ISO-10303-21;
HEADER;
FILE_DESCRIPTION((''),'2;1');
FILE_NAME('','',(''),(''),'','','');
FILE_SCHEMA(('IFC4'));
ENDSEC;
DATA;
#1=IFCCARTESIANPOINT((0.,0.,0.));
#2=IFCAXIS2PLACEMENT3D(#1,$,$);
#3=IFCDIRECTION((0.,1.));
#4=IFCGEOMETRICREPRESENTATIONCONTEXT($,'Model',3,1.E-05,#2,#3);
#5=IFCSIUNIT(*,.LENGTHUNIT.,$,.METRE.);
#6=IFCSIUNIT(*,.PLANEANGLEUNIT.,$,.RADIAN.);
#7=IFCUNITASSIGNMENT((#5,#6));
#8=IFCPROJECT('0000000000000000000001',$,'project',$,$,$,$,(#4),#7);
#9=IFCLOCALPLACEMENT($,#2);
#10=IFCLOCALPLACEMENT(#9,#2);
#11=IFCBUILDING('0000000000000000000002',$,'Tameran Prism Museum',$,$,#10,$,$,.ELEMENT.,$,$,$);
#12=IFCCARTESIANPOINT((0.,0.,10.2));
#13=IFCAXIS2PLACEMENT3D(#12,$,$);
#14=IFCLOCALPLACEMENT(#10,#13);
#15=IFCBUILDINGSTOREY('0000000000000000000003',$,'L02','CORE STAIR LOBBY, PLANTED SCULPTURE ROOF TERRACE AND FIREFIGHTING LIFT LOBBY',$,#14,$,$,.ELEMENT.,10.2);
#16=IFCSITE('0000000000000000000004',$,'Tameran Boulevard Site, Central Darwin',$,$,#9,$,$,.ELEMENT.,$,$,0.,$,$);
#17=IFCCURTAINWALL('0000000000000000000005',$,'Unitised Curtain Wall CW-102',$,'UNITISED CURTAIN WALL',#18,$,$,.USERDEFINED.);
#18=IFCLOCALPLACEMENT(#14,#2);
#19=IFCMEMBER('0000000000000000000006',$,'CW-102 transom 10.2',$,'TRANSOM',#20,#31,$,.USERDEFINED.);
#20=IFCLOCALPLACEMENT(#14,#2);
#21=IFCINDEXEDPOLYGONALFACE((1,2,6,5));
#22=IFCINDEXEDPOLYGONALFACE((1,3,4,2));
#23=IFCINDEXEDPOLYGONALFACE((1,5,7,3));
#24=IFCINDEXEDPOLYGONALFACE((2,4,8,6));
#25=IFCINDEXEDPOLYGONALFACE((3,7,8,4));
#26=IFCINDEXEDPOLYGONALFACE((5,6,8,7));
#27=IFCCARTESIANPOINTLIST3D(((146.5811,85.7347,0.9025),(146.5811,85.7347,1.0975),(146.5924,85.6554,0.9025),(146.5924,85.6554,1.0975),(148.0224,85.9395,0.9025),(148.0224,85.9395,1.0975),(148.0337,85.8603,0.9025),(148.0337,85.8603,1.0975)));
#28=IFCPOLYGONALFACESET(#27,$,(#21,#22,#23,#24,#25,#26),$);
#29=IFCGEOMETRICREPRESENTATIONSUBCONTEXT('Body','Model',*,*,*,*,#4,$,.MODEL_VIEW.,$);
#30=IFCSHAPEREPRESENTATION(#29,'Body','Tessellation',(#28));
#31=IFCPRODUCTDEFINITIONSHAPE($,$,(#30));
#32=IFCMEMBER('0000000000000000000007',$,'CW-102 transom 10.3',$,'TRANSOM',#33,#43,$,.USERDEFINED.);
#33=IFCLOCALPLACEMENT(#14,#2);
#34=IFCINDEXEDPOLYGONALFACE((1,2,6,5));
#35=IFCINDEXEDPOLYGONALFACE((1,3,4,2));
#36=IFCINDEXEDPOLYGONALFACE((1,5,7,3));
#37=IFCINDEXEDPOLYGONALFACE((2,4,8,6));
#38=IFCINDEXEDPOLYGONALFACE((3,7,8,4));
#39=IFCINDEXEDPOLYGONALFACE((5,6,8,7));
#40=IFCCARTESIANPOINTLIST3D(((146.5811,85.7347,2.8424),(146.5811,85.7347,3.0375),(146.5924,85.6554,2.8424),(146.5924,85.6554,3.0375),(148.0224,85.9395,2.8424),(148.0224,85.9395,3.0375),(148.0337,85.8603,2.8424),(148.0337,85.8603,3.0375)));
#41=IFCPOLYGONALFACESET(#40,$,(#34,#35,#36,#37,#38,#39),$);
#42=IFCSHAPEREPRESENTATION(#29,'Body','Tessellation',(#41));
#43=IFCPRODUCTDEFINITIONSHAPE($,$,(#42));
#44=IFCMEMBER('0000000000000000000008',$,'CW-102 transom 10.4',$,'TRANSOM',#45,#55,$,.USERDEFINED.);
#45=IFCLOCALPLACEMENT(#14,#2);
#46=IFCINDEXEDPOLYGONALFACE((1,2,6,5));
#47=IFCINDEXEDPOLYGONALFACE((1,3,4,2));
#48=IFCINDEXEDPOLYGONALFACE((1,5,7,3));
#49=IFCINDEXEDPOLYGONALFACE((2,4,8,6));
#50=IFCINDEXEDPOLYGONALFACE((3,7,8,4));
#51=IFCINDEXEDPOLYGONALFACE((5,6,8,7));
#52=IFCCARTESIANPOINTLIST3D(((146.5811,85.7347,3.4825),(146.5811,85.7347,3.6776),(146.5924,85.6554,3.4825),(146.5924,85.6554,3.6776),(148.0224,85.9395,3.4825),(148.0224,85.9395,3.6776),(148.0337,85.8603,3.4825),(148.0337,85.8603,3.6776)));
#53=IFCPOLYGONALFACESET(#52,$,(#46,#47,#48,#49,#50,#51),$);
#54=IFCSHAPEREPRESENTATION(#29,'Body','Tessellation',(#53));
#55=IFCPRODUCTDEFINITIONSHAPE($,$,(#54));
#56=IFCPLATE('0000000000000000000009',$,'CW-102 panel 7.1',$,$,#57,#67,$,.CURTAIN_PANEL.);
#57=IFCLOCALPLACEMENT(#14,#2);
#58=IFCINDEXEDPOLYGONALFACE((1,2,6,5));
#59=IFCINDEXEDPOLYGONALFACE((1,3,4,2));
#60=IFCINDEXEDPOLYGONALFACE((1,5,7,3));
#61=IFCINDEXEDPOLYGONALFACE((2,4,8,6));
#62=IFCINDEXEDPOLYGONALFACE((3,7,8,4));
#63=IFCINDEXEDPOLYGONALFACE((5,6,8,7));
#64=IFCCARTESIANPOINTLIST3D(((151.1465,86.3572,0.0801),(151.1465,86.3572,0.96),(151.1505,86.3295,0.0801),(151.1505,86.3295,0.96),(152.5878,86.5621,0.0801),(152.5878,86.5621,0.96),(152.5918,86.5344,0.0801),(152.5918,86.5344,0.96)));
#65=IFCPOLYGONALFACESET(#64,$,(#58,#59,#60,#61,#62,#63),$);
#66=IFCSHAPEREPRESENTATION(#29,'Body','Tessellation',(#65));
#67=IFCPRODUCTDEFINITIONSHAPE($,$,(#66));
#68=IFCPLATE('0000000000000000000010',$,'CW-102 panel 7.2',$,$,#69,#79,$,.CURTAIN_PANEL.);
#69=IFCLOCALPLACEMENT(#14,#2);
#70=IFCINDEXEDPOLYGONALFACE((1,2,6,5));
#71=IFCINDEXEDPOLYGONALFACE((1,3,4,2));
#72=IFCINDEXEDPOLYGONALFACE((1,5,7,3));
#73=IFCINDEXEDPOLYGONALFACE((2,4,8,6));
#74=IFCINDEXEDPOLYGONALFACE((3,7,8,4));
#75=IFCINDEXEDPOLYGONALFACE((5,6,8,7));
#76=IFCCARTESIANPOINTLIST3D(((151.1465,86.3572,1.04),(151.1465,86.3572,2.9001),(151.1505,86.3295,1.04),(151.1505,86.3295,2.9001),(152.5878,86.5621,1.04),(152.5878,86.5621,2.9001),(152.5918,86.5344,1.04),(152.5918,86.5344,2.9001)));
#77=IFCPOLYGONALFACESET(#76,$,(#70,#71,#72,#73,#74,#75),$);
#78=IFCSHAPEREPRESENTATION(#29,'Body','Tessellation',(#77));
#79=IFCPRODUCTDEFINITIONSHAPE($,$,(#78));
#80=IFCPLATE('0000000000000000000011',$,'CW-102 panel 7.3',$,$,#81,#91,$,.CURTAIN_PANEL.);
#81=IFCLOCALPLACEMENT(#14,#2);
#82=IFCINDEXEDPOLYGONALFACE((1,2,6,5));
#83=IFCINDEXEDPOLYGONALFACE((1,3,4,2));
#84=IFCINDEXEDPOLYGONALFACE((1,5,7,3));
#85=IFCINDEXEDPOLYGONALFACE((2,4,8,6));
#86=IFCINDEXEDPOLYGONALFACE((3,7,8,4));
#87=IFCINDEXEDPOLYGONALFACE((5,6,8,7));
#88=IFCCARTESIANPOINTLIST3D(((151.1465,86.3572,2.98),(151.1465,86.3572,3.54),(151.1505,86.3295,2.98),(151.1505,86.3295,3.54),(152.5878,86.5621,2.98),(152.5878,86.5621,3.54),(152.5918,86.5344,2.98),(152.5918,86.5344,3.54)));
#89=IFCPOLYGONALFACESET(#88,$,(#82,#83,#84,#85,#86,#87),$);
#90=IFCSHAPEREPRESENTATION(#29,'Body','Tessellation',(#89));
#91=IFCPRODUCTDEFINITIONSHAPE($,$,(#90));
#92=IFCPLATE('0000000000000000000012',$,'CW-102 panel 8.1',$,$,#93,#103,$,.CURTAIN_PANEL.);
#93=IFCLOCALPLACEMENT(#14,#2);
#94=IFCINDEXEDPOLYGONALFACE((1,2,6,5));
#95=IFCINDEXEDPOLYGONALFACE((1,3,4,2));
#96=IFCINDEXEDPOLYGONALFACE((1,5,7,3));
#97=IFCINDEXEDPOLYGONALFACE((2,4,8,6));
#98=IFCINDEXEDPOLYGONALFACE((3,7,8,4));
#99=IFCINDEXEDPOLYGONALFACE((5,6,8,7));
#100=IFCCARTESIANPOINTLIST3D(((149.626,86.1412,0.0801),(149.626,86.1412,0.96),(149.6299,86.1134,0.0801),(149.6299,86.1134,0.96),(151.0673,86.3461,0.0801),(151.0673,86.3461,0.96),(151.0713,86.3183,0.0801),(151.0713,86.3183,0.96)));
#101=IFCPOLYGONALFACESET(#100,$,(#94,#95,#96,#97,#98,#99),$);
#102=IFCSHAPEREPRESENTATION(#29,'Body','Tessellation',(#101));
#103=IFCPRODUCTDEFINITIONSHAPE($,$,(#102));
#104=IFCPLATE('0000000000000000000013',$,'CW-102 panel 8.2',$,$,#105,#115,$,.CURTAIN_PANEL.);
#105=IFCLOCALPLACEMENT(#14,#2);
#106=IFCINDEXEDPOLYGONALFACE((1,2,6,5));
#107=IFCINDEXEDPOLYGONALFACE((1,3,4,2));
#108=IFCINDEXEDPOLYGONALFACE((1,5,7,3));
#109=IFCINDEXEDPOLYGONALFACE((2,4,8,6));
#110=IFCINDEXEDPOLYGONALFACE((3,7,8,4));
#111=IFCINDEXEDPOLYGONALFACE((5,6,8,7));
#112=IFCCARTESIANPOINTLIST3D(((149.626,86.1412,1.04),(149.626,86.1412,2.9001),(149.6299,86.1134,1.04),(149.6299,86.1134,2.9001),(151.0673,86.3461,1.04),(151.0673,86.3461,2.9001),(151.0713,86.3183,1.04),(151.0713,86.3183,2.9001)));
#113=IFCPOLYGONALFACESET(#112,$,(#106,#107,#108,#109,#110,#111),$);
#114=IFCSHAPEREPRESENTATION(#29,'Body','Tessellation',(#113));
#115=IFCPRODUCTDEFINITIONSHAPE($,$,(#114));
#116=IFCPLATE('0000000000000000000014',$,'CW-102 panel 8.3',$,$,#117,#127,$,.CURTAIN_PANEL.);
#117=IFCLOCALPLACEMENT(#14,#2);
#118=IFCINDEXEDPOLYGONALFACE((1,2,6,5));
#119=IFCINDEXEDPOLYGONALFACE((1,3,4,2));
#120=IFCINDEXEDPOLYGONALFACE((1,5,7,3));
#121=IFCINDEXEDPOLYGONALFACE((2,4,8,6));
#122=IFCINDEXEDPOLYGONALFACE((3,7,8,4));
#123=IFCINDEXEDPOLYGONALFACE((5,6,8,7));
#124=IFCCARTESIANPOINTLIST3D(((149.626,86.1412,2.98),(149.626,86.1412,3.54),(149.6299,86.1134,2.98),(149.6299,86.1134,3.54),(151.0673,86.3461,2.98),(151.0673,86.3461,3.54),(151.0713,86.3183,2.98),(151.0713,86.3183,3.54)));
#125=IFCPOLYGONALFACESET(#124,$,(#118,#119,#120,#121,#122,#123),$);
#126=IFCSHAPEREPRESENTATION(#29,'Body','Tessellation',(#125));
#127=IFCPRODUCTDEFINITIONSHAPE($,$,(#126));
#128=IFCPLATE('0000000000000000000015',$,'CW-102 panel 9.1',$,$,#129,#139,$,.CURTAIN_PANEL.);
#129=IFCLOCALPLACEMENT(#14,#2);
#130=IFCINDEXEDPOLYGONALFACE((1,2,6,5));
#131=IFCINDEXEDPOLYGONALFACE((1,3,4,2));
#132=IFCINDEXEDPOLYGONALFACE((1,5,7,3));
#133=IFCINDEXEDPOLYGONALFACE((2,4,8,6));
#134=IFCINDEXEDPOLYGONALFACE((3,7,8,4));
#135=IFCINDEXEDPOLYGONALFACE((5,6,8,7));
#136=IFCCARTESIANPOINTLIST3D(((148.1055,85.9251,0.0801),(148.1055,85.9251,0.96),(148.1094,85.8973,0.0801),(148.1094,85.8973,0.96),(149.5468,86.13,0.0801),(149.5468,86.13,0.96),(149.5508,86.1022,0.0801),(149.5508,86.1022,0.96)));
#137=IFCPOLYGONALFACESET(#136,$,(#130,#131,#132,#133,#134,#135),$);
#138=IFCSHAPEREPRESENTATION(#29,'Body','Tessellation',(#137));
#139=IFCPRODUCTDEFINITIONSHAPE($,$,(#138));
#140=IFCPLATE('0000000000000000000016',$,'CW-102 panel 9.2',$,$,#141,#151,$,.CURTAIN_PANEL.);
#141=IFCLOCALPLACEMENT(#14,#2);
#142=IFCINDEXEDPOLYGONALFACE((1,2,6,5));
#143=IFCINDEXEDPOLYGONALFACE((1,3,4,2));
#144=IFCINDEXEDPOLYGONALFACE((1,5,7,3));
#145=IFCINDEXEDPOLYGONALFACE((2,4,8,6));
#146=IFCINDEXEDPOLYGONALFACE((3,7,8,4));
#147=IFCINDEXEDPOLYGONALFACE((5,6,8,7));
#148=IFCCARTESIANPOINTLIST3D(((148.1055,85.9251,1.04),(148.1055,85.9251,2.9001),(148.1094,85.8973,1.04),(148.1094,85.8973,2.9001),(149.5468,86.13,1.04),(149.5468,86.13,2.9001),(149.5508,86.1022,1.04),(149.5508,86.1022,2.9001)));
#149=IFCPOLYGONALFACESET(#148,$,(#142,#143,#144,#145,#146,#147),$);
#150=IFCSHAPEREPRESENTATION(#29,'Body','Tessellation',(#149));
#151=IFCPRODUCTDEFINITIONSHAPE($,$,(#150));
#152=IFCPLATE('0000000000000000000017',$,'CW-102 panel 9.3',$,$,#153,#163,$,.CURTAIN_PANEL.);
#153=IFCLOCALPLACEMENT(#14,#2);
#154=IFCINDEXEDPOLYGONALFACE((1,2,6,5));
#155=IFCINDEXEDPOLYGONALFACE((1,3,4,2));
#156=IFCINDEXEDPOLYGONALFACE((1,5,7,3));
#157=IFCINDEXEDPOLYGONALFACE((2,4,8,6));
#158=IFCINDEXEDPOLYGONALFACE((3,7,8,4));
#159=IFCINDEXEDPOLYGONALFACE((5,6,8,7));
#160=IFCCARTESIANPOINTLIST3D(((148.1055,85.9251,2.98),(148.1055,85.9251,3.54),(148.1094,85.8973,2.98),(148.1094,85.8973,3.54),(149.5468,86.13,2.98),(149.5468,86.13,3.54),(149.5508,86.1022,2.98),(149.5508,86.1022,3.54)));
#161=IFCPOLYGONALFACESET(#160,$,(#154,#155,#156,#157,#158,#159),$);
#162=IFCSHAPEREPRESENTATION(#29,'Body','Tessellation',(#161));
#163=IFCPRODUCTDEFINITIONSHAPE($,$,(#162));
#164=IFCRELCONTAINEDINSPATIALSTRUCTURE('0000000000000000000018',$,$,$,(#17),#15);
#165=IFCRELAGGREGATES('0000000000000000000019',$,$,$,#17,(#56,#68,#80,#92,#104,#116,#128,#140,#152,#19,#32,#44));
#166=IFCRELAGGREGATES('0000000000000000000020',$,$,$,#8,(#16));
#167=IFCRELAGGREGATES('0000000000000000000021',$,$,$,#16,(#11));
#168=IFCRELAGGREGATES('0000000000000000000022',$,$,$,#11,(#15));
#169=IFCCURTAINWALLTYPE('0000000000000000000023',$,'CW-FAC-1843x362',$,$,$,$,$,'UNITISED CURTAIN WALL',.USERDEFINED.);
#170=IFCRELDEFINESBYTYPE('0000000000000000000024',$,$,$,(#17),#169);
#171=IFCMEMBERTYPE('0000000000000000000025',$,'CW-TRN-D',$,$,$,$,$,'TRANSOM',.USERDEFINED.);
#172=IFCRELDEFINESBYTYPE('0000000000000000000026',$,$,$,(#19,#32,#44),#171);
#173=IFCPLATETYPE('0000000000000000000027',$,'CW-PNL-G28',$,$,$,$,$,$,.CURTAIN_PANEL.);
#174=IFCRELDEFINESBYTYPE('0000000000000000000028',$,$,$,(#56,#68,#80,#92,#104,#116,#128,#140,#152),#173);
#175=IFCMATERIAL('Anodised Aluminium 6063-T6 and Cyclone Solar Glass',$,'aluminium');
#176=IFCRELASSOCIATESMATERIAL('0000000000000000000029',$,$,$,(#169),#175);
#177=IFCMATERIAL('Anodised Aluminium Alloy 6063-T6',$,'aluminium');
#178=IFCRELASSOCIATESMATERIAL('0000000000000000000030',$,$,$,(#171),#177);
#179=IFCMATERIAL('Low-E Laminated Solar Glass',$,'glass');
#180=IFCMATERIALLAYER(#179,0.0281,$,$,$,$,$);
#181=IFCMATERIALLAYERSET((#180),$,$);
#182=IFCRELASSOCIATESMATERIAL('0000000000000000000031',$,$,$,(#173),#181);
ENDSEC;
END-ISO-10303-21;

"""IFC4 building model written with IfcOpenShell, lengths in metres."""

from ifc_helpers import new_model, si_unit, direction, frame, origin, origin_2d, place, context, subcontext, project, spatial, rectangle, extrude, material, layer, layer_set, material_profile, profile_set, type_object, element, aggregate, save


model = new_model("IFC4")

# Units and contexts
model_context = context("Model", 3, precision=1e-05, world=origin(), true_north=direction((0.0, 1.0)))
body_context = subcontext(model_context, "Body", "Model", "MODEL_VIEW")
ifc_project = project(units=[si_unit("LENGTHUNIT", "METRE"), si_unit("PLANEANGLEUNIT", "RADIAN")], contexts=[model_context])

# Site, building, storey
site_placement = place(None, origin())
site = spatial("IfcSite", under=ifc_project, at=site_placement, Name="Tameran Boulevard Site, Central Darwin", CompositionType="ELEMENT", RefElevation=0.0)
building_placement = place(site_placement, origin())
building = spatial("IfcBuilding", under=site, at=building_placement, Name="Tameran Prism Museum", CompositionType="ELEMENT")
storey_placement = place(building_placement, frame((0.0, 0.0, 10.2)))
storey = spatial("IfcBuildingStorey", under=building, at=storey_placement, Name="L02", Description="CORE STAIR LOBBY, PLANTED SCULPTURE ROOF TERRACE AND FIREFIGHTING LIFT LOBBY", CompositionType="ELEMENT", Elevation=10.2)

# Curtain wall, members, plates
ifc_material_1 = material(Name="Anodised Aluminium 6063-T6 and Cyclone Solar Glass", Category="aluminium")
curtain_wall_type = type_object("IfcCurtainWallType", Name="CW-FAC-1843x362", ElementType="UNITISED CURTAIN WALL", PredefinedType="USERDEFINED", material=ifc_material_1)
curtain_wall_placement = place(storey_placement, origin())
curtain_wall = element("IfcCurtainWall", 1, at=curtain_wall_placement, inside=storey, type_object=curtain_wall_type, Name="Unitised Curtain Wall CW-102", ObjectType="UNITISED CURTAIN WALL", PredefinedType="USERDEFINED")
ifc_material_2 = material(Name="Anodised Aluminium Alloy 6063-T6", Category="aluminium")
ifc_material_profile_1 = material_profile(ifc_material_2, rectangle(XDim=0.0801, YDim=0.1951, at=origin_2d()))
ifc_profile_set_1 = profile_set([ifc_material_profile_1])
member_type_1 = type_object("IfcMemberType", Name="CW-TRN-D", ElementType="TRANSOM", PredefinedType="USERDEFINED", material=ifc_profile_set_1)
member_1_placement = place(storey_placement, frame((148.0281, 85.8999, 1.0), z_axis=(-0.990053, -0.140694, 0.0), x_axis=(0.140694, -0.990053, 0.0)))
member_1 = element("IfcMember", 2, at=member_1_placement, type_object=member_type_1, Name="CW-102 transom 10.2", ObjectType="TRANSOM", PredefinedType="USERDEFINED", context=body_context, shape_type="SweptSolid", body=[
    extrude(rectangle(XDim=0.0801, YDim=0.1951, at=origin_2d()), origin(), (0.0, 0.0, 1.0), 1.4558),
])
member_2_placement = place(storey_placement, frame((148.0281, 85.8999, 2.9399), z_axis=(-0.990053, -0.140694, 0.0), x_axis=(0.140694, -0.990053, 0.0)))
member_2 = element("IfcMember", 3, at=member_2_placement, type_object=member_type_1, Name="CW-102 transom 10.3", ObjectType="TRANSOM", PredefinedType="USERDEFINED", context=body_context, shape_type="SweptSolid", body=[
    extrude(rectangle(XDim=0.0801, YDim=0.1951, at=origin_2d()), origin(), (0.0, 0.0, 1.0), 1.4558),
])
member_3_placement = place(storey_placement, frame((148.0281, 85.8999, 3.5801), z_axis=(-0.990053, -0.140694, 0.0), x_axis=(0.140694, -0.990053, 0.0)))
member_3 = element("IfcMember", 4, at=member_3_placement, type_object=member_type_1, Name="CW-102 transom 10.4", ObjectType="TRANSOM", PredefinedType="USERDEFINED", context=body_context, shape_type="SweptSolid", body=[
    extrude(rectangle(XDim=0.0801, YDim=0.1951, at=origin_2d()), origin(), (0.0, 0.0, 1.0), 1.4558),
])
ifc_material_3 = material(Name="Low-E Laminated Solar Glass", Category="glass")
ifc_layer = layer(ifc_material_3, 0.0281)
ifc_layer_set = layer_set([ifc_layer])
plate_type = type_object("IfcPlateType", Name="CW-PNL-G28", PredefinedType="CURTAIN_PANEL", material=ifc_layer_set)
plate_1_placement = place(storey_placement, frame((151.8691, 86.4458, 0.0801), z_axis=(0.0, 0.0, 1.0), x_axis=(-0.990046, -0.140745, 0.0)))
plate_1 = element("IfcPlate", 5, at=plate_1_placement, type_object=plate_type, Name="CW-102 panel 7.1", PredefinedType="CURTAIN_PANEL", context=body_context, shape_type="SweptSolid", body=[
    extrude(rectangle(XDim=1.4558, YDim=0.0281, at=origin_2d()), origin(), (0.0, 0.0, 1.0), 0.8799),
])
plate_2_placement = place(storey_placement, frame((151.8691, 86.4458, 1.04), z_axis=(0.0, 0.0, 1.0), x_axis=(-0.990046, -0.140745, 0.0)))
plate_2 = element("IfcPlate", 6, at=plate_2_placement, type_object=plate_type, Name="CW-102 panel 7.2", PredefinedType="CURTAIN_PANEL", context=body_context, shape_type="SweptSolid", body=[
    extrude(rectangle(XDim=1.4558, YDim=0.0281, at=origin_2d()), origin(), (0.0, 0.0, 1.0), 1.8601),
])
plate_3_placement = place(storey_placement, frame((151.8691, 86.4458, 2.98), z_axis=(0.0, 0.0, 1.0), x_axis=(-0.990046, -0.140745, 0.0)))
plate_3 = element("IfcPlate", 7, at=plate_3_placement, type_object=plate_type, Name="CW-102 panel 7.3", PredefinedType="CURTAIN_PANEL", context=body_context, shape_type="SweptSolid", body=[
    extrude(rectangle(XDim=1.4558, YDim=0.0281, at=origin_2d()), origin(), (0.0, 0.0, 1.0), 0.5601),
])
plate_4_placement = place(storey_placement, frame((150.3486, 86.2297, 0.0801), z_axis=(0.0, 0.0, 1.0), x_axis=(-0.990046, -0.140745, 0.0)))
plate_4 = element("IfcPlate", 8, at=plate_4_placement, type_object=plate_type, Name="CW-102 panel 8.1", PredefinedType="CURTAIN_PANEL", context=body_context, shape_type="SweptSolid", body=[
    extrude(rectangle(XDim=1.4558, YDim=0.0281, at=origin_2d()), origin(), (0.0, 0.0, 1.0), 0.8799),
])
plate_5_placement = place(storey_placement, frame((150.3486, 86.2297, 1.04), z_axis=(0.0, 0.0, 1.0), x_axis=(-0.990046, -0.140745, 0.0)))
plate_5 = element("IfcPlate", 9, at=plate_5_placement, type_object=plate_type, Name="CW-102 panel 8.2", PredefinedType="CURTAIN_PANEL", context=body_context, shape_type="SweptSolid", body=[
    extrude(rectangle(XDim=1.4558, YDim=0.0281, at=origin_2d()), origin(), (0.0, 0.0, 1.0), 1.8601),
])
plate_6_placement = place(storey_placement, frame((150.3486, 86.2297, 2.98), z_axis=(0.0, 0.0, 1.0), x_axis=(-0.990046, -0.140745, 0.0)))
plate_6 = element("IfcPlate", 10, at=plate_6_placement, type_object=plate_type, Name="CW-102 panel 8.3", PredefinedType="CURTAIN_PANEL", context=body_context, shape_type="SweptSolid", body=[
    extrude(rectangle(XDim=1.4558, YDim=0.0281, at=origin_2d()), origin(), (0.0, 0.0, 1.0), 0.5601),
])
plate_7_placement = place(storey_placement, frame((148.8281, 86.0137, 0.0801), z_axis=(0.0, 0.0, 1.0), x_axis=(-0.990046, -0.140745, 0.0)))
plate_7 = element("IfcPlate", 11, at=plate_7_placement, type_object=plate_type, Name="CW-102 panel 9.1", PredefinedType="CURTAIN_PANEL", context=body_context, shape_type="SweptSolid", body=[
    extrude(rectangle(XDim=1.4558, YDim=0.0281, at=origin_2d()), origin(), (0.0, 0.0, 1.0), 0.8799),
])
plate_8_placement = place(storey_placement, frame((148.8281, 86.0137, 1.04), z_axis=(0.0, 0.0, 1.0), x_axis=(-0.990046, -0.140745, 0.0)))
plate_8 = element("IfcPlate", 12, at=plate_8_placement, type_object=plate_type, Name="CW-102 panel 9.2", PredefinedType="CURTAIN_PANEL", context=body_context, shape_type="SweptSolid", body=[
    extrude(rectangle(XDim=1.4558, YDim=0.0281, at=origin_2d()), origin(), (0.0, 0.0, 1.0), 1.8601),
])
plate_9_placement = place(storey_placement, frame((148.8281, 86.0137, 2.98), z_axis=(0.0, 0.0, 1.0), x_axis=(-0.990046, -0.140745, 0.0)))
plate_9 = element("IfcPlate", 13, at=plate_9_placement, type_object=plate_type, Name="CW-102 panel 9.3", PredefinedType="CURTAIN_PANEL", context=body_context, shape_type="SweptSolid", body=[
    extrude(rectangle(XDim=1.4558, YDim=0.0281, at=origin_2d()), origin(), (0.0, 0.0, 1.0), 0.5601),
])
aggregate(curtain_wall, [plate_1, plate_2, plate_3, plate_4, plate_5, plate_6, plate_7, plate_8, plate_9, member_1, member_2, member_3])

save(model, "model.ifc")
